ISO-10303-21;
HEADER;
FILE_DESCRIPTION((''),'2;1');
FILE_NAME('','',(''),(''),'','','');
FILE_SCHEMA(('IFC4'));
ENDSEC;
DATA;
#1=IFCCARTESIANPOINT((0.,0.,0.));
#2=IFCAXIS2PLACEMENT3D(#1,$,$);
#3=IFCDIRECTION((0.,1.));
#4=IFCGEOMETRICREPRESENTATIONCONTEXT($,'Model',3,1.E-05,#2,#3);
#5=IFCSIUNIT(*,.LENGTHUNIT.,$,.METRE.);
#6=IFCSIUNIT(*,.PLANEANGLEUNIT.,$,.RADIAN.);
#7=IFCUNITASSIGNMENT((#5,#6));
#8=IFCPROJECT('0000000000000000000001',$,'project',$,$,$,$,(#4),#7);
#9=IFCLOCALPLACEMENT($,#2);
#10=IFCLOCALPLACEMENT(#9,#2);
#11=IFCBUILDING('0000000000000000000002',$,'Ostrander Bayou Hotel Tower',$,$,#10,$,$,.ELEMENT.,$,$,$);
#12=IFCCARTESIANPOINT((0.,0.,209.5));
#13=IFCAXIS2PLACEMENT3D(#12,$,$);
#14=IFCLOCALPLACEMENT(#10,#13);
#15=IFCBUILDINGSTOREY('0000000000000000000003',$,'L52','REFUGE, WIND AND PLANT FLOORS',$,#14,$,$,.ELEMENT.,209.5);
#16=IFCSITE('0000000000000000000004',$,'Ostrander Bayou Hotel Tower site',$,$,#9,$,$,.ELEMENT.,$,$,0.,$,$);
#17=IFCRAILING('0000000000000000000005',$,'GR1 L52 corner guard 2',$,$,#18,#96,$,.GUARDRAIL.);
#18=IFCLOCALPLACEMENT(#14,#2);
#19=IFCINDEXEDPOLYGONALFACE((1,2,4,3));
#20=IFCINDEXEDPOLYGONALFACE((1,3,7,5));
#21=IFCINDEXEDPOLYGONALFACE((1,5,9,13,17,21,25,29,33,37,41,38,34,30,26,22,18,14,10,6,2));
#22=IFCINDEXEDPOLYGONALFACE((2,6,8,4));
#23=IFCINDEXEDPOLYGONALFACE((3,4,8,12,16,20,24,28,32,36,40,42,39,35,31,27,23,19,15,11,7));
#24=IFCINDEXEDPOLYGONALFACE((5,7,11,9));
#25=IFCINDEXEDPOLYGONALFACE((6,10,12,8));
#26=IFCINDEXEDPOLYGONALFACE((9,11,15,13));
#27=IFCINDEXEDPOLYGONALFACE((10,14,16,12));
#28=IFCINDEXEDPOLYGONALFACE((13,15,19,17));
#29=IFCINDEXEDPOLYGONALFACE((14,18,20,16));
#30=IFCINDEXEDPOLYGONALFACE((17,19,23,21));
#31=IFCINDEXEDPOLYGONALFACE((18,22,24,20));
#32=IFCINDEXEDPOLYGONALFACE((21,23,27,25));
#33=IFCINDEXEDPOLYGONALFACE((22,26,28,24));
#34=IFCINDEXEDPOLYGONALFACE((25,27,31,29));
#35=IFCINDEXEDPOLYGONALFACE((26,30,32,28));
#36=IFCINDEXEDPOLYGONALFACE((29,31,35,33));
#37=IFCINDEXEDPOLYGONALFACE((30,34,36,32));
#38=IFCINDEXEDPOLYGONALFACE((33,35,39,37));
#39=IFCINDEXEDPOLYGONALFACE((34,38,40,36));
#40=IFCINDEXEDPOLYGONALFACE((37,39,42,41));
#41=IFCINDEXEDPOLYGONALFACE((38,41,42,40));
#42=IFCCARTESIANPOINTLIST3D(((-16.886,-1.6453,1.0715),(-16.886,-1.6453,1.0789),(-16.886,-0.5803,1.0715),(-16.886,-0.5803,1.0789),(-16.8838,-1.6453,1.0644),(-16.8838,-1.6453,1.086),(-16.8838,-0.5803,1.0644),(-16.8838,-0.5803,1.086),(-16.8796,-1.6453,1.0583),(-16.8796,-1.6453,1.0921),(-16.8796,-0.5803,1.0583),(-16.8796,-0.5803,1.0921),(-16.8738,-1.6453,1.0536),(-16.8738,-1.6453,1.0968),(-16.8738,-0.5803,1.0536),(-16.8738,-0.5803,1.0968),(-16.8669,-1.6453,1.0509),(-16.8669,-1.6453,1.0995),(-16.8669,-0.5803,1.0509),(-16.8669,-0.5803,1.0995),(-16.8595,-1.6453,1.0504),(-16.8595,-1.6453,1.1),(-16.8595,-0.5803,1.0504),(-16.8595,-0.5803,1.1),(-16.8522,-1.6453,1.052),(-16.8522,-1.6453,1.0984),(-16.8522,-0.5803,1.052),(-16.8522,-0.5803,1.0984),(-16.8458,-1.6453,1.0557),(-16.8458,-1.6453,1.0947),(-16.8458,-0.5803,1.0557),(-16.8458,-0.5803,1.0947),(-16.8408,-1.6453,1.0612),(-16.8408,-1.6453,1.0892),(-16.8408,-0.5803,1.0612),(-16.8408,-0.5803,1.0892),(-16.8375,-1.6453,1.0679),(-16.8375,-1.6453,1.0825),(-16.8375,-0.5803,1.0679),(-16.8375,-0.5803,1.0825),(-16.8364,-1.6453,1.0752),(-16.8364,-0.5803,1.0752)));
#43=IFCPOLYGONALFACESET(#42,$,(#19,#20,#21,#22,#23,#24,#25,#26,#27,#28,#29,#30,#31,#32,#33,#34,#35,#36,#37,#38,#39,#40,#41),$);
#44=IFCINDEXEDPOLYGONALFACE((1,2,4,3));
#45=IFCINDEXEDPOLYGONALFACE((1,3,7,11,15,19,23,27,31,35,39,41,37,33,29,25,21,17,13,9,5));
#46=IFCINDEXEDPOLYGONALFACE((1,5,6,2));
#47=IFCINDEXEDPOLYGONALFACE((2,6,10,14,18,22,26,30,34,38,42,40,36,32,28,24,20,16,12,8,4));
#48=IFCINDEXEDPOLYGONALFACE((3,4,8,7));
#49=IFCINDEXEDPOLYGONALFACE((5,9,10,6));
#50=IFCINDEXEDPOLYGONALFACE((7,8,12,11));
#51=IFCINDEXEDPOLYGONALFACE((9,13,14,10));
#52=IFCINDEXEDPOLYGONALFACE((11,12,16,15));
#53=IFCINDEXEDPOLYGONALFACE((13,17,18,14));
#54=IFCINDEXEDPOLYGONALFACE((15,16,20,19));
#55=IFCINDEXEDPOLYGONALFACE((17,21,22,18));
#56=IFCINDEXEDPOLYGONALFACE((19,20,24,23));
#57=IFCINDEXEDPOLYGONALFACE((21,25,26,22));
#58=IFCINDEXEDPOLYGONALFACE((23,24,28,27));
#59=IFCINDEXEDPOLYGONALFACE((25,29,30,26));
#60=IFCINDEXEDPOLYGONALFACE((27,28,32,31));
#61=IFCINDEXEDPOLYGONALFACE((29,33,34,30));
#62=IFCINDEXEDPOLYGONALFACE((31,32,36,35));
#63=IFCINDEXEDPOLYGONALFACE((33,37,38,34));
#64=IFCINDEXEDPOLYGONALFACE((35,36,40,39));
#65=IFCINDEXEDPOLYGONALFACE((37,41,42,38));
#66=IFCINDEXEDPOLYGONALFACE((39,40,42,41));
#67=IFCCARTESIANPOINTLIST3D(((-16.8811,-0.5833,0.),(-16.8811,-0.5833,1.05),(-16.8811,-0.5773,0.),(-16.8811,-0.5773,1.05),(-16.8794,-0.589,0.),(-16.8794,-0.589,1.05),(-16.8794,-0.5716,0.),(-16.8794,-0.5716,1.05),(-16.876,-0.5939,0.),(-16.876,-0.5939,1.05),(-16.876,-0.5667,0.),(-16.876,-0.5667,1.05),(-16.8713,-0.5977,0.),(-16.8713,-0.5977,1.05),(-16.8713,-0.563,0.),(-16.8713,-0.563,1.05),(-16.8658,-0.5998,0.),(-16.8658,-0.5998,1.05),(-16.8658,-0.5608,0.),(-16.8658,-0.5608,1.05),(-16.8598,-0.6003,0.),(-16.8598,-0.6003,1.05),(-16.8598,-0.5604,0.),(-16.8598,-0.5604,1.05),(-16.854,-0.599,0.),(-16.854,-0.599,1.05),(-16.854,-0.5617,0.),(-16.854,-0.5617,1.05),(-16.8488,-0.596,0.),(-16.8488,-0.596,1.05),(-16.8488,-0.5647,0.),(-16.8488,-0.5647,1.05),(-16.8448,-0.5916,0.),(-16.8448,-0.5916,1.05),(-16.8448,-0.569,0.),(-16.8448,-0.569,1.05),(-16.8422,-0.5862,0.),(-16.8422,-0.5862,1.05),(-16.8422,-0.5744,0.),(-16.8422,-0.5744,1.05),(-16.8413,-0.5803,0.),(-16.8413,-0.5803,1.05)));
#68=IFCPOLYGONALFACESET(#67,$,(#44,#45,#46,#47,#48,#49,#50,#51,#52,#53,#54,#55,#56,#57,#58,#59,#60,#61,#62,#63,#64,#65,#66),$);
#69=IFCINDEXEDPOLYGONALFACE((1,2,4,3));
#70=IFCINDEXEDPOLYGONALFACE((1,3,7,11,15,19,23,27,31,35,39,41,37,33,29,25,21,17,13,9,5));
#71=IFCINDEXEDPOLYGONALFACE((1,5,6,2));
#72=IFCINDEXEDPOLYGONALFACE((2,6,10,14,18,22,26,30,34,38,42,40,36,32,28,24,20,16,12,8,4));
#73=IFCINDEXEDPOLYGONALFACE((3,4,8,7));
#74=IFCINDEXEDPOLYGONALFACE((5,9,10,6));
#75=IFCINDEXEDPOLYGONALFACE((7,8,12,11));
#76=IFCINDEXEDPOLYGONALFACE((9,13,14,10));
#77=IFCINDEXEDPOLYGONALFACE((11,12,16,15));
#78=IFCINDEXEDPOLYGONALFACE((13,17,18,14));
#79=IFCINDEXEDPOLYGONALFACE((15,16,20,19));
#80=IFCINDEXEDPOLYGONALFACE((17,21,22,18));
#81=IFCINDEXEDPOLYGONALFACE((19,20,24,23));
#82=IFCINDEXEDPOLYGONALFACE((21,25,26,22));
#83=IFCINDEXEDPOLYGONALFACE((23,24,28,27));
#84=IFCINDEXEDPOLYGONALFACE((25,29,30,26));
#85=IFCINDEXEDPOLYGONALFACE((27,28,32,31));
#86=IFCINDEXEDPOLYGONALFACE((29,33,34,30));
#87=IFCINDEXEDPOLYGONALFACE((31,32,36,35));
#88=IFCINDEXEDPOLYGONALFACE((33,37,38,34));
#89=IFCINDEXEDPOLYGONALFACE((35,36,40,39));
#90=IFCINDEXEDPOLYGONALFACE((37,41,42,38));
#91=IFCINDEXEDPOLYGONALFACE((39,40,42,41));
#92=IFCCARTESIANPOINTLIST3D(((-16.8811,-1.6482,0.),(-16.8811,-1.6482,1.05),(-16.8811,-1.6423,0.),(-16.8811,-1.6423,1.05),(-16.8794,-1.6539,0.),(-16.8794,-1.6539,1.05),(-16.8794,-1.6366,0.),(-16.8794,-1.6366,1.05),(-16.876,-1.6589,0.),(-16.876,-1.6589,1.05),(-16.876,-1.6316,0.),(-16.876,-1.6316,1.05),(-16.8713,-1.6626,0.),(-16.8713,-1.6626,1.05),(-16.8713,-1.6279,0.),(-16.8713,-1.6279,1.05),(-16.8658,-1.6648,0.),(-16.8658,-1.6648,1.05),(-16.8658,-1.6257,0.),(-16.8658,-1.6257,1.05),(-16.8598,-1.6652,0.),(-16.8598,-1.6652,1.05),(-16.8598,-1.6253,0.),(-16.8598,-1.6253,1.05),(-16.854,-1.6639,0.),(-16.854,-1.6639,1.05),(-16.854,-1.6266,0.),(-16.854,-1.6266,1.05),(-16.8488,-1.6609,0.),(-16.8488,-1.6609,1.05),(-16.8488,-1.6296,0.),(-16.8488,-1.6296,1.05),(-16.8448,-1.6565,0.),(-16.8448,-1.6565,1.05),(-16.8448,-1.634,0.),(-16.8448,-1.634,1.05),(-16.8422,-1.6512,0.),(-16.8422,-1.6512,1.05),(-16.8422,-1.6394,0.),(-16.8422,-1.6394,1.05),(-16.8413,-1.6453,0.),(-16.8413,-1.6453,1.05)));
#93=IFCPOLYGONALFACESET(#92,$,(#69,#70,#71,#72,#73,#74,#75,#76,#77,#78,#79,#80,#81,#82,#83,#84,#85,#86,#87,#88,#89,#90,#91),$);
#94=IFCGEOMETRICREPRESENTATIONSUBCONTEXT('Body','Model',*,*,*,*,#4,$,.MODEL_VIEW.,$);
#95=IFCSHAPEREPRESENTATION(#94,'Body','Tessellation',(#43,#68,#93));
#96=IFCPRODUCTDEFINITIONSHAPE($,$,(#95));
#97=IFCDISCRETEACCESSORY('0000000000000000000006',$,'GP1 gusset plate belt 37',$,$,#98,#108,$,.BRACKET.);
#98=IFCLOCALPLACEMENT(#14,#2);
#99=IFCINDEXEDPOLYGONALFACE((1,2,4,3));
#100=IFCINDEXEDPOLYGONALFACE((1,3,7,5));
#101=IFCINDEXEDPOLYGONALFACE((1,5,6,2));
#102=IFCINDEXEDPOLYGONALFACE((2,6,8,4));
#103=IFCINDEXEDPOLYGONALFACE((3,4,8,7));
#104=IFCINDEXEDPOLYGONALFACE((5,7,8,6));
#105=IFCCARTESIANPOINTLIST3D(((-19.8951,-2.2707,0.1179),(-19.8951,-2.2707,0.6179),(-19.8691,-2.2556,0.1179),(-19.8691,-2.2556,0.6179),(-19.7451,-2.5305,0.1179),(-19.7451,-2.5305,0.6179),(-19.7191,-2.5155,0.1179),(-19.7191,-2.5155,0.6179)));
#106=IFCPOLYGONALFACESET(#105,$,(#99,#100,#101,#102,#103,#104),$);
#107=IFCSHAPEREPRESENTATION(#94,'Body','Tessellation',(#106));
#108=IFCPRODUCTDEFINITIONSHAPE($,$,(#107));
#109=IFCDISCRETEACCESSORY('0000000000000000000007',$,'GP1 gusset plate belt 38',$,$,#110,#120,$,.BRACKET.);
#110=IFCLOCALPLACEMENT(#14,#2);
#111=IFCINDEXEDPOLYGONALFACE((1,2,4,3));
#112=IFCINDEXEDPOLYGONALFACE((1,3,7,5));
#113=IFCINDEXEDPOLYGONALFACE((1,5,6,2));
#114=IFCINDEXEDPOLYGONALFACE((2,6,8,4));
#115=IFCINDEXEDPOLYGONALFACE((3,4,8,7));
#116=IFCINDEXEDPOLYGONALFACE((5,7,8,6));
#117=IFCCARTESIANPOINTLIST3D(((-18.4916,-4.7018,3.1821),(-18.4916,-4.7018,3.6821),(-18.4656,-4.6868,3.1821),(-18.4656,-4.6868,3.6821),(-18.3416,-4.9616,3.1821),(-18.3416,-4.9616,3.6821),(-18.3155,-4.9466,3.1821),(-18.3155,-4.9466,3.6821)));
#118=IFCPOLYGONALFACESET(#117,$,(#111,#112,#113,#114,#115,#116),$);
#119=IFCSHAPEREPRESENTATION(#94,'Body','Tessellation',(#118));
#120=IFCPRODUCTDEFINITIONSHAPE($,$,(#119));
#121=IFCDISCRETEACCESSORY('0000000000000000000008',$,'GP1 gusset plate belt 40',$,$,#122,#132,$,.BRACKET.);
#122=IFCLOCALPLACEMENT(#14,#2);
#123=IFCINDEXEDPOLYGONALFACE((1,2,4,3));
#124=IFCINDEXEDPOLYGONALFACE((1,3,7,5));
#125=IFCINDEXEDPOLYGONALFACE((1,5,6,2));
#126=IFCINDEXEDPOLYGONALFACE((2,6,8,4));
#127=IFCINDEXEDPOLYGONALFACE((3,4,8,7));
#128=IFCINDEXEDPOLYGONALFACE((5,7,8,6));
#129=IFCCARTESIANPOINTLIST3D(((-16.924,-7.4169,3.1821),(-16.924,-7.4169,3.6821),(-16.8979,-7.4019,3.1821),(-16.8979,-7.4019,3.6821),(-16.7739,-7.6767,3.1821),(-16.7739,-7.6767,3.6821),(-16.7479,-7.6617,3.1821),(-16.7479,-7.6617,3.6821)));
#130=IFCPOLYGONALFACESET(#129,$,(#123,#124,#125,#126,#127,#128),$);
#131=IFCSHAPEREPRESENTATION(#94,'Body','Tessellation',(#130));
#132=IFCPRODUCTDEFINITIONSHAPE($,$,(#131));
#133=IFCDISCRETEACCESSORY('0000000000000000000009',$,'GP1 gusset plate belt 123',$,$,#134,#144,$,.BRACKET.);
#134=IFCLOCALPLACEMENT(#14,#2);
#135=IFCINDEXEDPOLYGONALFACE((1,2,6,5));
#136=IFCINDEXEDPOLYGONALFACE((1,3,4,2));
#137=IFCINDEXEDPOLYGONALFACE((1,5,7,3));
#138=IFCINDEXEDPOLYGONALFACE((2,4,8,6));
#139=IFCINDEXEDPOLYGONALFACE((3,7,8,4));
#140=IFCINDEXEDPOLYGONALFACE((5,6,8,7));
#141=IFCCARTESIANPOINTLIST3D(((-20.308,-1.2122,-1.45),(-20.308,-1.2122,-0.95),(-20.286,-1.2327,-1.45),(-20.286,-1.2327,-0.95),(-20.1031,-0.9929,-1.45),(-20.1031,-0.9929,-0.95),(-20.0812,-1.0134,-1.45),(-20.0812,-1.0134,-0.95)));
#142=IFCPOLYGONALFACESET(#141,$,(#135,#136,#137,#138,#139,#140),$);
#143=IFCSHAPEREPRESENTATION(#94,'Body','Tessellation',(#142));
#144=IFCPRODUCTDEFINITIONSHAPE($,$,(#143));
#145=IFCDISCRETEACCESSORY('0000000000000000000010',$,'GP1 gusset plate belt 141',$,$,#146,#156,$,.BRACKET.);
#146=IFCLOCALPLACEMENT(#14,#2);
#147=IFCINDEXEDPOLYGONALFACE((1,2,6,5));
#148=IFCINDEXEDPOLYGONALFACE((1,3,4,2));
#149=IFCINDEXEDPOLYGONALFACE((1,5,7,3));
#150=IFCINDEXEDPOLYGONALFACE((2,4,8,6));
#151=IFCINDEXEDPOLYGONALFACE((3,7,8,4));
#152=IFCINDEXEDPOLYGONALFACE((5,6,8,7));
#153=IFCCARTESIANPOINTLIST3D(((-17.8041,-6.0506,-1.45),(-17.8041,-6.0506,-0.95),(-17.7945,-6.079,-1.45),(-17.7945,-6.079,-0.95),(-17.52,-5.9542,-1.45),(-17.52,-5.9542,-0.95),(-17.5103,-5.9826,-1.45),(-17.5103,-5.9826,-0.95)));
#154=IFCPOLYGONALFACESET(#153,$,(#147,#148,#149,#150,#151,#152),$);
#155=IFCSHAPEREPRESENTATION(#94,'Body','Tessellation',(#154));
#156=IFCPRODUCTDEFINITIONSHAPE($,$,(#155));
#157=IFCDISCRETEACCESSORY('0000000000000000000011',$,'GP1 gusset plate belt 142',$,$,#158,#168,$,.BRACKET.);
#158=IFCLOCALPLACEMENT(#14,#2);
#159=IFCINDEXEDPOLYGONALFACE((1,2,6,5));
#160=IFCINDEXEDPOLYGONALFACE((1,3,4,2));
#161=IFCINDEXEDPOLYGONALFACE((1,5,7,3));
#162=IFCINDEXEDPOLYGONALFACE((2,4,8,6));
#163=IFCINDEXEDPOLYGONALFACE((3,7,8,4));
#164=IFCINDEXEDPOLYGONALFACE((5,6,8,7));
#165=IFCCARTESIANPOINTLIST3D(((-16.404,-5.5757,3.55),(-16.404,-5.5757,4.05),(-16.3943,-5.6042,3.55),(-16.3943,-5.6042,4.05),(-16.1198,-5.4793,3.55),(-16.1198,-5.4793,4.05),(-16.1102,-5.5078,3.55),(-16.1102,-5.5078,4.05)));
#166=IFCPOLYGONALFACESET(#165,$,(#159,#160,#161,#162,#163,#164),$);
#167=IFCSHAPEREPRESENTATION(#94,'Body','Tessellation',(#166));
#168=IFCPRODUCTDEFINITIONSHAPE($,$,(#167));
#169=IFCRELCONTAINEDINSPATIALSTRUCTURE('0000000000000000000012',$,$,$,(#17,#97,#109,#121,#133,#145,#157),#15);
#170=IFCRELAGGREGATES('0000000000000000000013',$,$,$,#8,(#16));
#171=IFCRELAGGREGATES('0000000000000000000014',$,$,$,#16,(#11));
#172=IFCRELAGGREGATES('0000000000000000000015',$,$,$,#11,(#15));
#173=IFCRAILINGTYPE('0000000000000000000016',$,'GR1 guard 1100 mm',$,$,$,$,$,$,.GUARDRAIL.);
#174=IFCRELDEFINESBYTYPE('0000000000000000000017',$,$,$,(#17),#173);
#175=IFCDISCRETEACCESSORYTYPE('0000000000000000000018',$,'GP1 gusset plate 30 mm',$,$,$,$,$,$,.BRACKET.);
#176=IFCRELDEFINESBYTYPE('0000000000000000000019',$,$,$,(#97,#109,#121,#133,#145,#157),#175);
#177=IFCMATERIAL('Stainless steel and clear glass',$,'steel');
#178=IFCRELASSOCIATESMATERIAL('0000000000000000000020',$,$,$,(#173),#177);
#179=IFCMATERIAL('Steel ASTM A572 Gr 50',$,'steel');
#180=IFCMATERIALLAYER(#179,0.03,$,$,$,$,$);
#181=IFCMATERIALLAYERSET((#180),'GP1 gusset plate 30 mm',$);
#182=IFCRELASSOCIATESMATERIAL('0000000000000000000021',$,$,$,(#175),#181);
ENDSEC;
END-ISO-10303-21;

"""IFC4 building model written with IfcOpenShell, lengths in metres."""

from ifc_helpers import new_model, si_unit, direction, frame, origin, origin_2d, place, context, subcontext, project, spatial, rectangle, circle, extrude, material, layer, layer_set, type_object, element, save


model = new_model("IFC4")

# Units and contexts
model_context = context("Model", 3, precision=1e-05, world=origin(), true_north=direction((0.0, 1.0)))
body_context = subcontext(model_context, "Body", "Model", "MODEL_VIEW")
ifc_project = project(units=[si_unit("LENGTHUNIT", "METRE"), si_unit("PLANEANGLEUNIT", "RADIAN")], contexts=[model_context])

# Site, building, storey
site_placement = place(None, origin())
site = spatial("IfcSite", under=ifc_project, at=site_placement, Name="Ostrander Bayou Hotel Tower site", CompositionType="ELEMENT", RefElevation=0.0)
building_placement = place(site_placement, origin())
building = spatial("IfcBuilding", under=site, at=building_placement, Name="Ostrander Bayou Hotel Tower", CompositionType="ELEMENT")
storey_placement = place(building_placement, frame((0.0, 0.0, 209.5)))
storey = spatial("IfcBuildingStorey", under=building, at=storey_placement, Name="L52", Description="REFUGE, WIND AND PLANT FLOORS", CompositionType="ELEMENT", Elevation=209.5)

# Railing
ifc_material_1 = material(Name="Stainless steel and clear glass", Category="steel")
railing_type = type_object("IfcRailingType", Name="GR1 guard 1100 mm", PredefinedType="GUARDRAIL", material=ifc_material_1)
railing_1_placement = place(storey_placement, frame((-16.8613, -0.5803, 0.0)))
element("IfcRailing", 1, at=railing_1_placement, inside=storey, type_object=railing_type, Name="GR1 L52 corner guard 2", PredefinedType="GUARDRAIL", context=body_context, shape_type="SweptSolid", body=[
    extrude(circle(Radius=0.0249, at=origin_2d()), frame((0.0, 0.0, 1.0752), z_axis=(0.0, -1.0, 0.0), x_axis=(1.0, 0.0, 0.0)), (0.0, 0.0, 1.0), 1.0649),
    extrude(circle(Radius=0.02, at=origin_2d()), origin(), (0.0, 0.0, 1.0), 1.05),
    extrude(circle(Radius=0.02, at=origin_2d()), frame((0.0, -1.0649, 0.0)), (0.0, 0.0, 1.0), 1.05),
])

# Discrete accessories
ifc_material_2 = material(Name="Steel ASTM A572 Gr 50", Category="steel")
ifc_layer_1 = layer(ifc_material_2, 0.03)
ifc_layer_set_1 = layer_set([ifc_layer_1], Name="GP1 gusset plate 30 mm")
discrete_accessory_type = type_object("IfcDiscreteAccessoryType", Name="GP1 gusset plate 30 mm", PredefinedType="BRACKET", material=ifc_layer_set_1)
for number, where, z_axis, x_axis, name in (
    (2, (-19.8071, -2.3931, 0.1179), (0.0, 0.0, 1.0), (0.500015, -0.866017, 0.0), "GP1 gusset plate belt 37"),
    (3, (-18.4036, -4.8242, 3.1821), (0.0, 0.0, 1.0), (0.500015, -0.866017, 0.0), "GP1 gusset plate belt 38"),
    (4, (-16.8359, -7.5393, 3.1821), (0.0, 0.0, 1.0), (-0.500015, 0.866017, 0.0), "GP1 gusset plate belt 40"),
    (5, (-20.1946, -1.1128, -1.45), (0.0, 0.0, 1.0), (0.682662, 0.730734, 0.0), "GP1 gusset plate belt 123"),
    (6, (-17.6572, -6.0166, -1.45), (0.0, 0.0, 1.0), (0.946986, 0.321274, 0.0), "GP1 gusset plate belt 141"),
    (7, (-16.2571, -5.5417, 3.55), (0.0, 0.0, 1.0), (0.946986, 0.321274, 0.0), "GP1 gusset plate belt 142"),
):
    element("IfcDiscreteAccessory", number, at=place(storey_placement, frame(where, z_axis=z_axis, x_axis=x_axis)), inside=storey, type_object=discrete_accessory_type, Name=name, PredefinedType="BRACKET", context=body_context, shape_type="SweptSolid", body=[
        extrude(rectangle(XDim=0.3, YDim=0.03, at=origin_2d()), origin(), (0.0, 0.0, 1.0), 0.5),
    ])

save(model, "model.ifc")
